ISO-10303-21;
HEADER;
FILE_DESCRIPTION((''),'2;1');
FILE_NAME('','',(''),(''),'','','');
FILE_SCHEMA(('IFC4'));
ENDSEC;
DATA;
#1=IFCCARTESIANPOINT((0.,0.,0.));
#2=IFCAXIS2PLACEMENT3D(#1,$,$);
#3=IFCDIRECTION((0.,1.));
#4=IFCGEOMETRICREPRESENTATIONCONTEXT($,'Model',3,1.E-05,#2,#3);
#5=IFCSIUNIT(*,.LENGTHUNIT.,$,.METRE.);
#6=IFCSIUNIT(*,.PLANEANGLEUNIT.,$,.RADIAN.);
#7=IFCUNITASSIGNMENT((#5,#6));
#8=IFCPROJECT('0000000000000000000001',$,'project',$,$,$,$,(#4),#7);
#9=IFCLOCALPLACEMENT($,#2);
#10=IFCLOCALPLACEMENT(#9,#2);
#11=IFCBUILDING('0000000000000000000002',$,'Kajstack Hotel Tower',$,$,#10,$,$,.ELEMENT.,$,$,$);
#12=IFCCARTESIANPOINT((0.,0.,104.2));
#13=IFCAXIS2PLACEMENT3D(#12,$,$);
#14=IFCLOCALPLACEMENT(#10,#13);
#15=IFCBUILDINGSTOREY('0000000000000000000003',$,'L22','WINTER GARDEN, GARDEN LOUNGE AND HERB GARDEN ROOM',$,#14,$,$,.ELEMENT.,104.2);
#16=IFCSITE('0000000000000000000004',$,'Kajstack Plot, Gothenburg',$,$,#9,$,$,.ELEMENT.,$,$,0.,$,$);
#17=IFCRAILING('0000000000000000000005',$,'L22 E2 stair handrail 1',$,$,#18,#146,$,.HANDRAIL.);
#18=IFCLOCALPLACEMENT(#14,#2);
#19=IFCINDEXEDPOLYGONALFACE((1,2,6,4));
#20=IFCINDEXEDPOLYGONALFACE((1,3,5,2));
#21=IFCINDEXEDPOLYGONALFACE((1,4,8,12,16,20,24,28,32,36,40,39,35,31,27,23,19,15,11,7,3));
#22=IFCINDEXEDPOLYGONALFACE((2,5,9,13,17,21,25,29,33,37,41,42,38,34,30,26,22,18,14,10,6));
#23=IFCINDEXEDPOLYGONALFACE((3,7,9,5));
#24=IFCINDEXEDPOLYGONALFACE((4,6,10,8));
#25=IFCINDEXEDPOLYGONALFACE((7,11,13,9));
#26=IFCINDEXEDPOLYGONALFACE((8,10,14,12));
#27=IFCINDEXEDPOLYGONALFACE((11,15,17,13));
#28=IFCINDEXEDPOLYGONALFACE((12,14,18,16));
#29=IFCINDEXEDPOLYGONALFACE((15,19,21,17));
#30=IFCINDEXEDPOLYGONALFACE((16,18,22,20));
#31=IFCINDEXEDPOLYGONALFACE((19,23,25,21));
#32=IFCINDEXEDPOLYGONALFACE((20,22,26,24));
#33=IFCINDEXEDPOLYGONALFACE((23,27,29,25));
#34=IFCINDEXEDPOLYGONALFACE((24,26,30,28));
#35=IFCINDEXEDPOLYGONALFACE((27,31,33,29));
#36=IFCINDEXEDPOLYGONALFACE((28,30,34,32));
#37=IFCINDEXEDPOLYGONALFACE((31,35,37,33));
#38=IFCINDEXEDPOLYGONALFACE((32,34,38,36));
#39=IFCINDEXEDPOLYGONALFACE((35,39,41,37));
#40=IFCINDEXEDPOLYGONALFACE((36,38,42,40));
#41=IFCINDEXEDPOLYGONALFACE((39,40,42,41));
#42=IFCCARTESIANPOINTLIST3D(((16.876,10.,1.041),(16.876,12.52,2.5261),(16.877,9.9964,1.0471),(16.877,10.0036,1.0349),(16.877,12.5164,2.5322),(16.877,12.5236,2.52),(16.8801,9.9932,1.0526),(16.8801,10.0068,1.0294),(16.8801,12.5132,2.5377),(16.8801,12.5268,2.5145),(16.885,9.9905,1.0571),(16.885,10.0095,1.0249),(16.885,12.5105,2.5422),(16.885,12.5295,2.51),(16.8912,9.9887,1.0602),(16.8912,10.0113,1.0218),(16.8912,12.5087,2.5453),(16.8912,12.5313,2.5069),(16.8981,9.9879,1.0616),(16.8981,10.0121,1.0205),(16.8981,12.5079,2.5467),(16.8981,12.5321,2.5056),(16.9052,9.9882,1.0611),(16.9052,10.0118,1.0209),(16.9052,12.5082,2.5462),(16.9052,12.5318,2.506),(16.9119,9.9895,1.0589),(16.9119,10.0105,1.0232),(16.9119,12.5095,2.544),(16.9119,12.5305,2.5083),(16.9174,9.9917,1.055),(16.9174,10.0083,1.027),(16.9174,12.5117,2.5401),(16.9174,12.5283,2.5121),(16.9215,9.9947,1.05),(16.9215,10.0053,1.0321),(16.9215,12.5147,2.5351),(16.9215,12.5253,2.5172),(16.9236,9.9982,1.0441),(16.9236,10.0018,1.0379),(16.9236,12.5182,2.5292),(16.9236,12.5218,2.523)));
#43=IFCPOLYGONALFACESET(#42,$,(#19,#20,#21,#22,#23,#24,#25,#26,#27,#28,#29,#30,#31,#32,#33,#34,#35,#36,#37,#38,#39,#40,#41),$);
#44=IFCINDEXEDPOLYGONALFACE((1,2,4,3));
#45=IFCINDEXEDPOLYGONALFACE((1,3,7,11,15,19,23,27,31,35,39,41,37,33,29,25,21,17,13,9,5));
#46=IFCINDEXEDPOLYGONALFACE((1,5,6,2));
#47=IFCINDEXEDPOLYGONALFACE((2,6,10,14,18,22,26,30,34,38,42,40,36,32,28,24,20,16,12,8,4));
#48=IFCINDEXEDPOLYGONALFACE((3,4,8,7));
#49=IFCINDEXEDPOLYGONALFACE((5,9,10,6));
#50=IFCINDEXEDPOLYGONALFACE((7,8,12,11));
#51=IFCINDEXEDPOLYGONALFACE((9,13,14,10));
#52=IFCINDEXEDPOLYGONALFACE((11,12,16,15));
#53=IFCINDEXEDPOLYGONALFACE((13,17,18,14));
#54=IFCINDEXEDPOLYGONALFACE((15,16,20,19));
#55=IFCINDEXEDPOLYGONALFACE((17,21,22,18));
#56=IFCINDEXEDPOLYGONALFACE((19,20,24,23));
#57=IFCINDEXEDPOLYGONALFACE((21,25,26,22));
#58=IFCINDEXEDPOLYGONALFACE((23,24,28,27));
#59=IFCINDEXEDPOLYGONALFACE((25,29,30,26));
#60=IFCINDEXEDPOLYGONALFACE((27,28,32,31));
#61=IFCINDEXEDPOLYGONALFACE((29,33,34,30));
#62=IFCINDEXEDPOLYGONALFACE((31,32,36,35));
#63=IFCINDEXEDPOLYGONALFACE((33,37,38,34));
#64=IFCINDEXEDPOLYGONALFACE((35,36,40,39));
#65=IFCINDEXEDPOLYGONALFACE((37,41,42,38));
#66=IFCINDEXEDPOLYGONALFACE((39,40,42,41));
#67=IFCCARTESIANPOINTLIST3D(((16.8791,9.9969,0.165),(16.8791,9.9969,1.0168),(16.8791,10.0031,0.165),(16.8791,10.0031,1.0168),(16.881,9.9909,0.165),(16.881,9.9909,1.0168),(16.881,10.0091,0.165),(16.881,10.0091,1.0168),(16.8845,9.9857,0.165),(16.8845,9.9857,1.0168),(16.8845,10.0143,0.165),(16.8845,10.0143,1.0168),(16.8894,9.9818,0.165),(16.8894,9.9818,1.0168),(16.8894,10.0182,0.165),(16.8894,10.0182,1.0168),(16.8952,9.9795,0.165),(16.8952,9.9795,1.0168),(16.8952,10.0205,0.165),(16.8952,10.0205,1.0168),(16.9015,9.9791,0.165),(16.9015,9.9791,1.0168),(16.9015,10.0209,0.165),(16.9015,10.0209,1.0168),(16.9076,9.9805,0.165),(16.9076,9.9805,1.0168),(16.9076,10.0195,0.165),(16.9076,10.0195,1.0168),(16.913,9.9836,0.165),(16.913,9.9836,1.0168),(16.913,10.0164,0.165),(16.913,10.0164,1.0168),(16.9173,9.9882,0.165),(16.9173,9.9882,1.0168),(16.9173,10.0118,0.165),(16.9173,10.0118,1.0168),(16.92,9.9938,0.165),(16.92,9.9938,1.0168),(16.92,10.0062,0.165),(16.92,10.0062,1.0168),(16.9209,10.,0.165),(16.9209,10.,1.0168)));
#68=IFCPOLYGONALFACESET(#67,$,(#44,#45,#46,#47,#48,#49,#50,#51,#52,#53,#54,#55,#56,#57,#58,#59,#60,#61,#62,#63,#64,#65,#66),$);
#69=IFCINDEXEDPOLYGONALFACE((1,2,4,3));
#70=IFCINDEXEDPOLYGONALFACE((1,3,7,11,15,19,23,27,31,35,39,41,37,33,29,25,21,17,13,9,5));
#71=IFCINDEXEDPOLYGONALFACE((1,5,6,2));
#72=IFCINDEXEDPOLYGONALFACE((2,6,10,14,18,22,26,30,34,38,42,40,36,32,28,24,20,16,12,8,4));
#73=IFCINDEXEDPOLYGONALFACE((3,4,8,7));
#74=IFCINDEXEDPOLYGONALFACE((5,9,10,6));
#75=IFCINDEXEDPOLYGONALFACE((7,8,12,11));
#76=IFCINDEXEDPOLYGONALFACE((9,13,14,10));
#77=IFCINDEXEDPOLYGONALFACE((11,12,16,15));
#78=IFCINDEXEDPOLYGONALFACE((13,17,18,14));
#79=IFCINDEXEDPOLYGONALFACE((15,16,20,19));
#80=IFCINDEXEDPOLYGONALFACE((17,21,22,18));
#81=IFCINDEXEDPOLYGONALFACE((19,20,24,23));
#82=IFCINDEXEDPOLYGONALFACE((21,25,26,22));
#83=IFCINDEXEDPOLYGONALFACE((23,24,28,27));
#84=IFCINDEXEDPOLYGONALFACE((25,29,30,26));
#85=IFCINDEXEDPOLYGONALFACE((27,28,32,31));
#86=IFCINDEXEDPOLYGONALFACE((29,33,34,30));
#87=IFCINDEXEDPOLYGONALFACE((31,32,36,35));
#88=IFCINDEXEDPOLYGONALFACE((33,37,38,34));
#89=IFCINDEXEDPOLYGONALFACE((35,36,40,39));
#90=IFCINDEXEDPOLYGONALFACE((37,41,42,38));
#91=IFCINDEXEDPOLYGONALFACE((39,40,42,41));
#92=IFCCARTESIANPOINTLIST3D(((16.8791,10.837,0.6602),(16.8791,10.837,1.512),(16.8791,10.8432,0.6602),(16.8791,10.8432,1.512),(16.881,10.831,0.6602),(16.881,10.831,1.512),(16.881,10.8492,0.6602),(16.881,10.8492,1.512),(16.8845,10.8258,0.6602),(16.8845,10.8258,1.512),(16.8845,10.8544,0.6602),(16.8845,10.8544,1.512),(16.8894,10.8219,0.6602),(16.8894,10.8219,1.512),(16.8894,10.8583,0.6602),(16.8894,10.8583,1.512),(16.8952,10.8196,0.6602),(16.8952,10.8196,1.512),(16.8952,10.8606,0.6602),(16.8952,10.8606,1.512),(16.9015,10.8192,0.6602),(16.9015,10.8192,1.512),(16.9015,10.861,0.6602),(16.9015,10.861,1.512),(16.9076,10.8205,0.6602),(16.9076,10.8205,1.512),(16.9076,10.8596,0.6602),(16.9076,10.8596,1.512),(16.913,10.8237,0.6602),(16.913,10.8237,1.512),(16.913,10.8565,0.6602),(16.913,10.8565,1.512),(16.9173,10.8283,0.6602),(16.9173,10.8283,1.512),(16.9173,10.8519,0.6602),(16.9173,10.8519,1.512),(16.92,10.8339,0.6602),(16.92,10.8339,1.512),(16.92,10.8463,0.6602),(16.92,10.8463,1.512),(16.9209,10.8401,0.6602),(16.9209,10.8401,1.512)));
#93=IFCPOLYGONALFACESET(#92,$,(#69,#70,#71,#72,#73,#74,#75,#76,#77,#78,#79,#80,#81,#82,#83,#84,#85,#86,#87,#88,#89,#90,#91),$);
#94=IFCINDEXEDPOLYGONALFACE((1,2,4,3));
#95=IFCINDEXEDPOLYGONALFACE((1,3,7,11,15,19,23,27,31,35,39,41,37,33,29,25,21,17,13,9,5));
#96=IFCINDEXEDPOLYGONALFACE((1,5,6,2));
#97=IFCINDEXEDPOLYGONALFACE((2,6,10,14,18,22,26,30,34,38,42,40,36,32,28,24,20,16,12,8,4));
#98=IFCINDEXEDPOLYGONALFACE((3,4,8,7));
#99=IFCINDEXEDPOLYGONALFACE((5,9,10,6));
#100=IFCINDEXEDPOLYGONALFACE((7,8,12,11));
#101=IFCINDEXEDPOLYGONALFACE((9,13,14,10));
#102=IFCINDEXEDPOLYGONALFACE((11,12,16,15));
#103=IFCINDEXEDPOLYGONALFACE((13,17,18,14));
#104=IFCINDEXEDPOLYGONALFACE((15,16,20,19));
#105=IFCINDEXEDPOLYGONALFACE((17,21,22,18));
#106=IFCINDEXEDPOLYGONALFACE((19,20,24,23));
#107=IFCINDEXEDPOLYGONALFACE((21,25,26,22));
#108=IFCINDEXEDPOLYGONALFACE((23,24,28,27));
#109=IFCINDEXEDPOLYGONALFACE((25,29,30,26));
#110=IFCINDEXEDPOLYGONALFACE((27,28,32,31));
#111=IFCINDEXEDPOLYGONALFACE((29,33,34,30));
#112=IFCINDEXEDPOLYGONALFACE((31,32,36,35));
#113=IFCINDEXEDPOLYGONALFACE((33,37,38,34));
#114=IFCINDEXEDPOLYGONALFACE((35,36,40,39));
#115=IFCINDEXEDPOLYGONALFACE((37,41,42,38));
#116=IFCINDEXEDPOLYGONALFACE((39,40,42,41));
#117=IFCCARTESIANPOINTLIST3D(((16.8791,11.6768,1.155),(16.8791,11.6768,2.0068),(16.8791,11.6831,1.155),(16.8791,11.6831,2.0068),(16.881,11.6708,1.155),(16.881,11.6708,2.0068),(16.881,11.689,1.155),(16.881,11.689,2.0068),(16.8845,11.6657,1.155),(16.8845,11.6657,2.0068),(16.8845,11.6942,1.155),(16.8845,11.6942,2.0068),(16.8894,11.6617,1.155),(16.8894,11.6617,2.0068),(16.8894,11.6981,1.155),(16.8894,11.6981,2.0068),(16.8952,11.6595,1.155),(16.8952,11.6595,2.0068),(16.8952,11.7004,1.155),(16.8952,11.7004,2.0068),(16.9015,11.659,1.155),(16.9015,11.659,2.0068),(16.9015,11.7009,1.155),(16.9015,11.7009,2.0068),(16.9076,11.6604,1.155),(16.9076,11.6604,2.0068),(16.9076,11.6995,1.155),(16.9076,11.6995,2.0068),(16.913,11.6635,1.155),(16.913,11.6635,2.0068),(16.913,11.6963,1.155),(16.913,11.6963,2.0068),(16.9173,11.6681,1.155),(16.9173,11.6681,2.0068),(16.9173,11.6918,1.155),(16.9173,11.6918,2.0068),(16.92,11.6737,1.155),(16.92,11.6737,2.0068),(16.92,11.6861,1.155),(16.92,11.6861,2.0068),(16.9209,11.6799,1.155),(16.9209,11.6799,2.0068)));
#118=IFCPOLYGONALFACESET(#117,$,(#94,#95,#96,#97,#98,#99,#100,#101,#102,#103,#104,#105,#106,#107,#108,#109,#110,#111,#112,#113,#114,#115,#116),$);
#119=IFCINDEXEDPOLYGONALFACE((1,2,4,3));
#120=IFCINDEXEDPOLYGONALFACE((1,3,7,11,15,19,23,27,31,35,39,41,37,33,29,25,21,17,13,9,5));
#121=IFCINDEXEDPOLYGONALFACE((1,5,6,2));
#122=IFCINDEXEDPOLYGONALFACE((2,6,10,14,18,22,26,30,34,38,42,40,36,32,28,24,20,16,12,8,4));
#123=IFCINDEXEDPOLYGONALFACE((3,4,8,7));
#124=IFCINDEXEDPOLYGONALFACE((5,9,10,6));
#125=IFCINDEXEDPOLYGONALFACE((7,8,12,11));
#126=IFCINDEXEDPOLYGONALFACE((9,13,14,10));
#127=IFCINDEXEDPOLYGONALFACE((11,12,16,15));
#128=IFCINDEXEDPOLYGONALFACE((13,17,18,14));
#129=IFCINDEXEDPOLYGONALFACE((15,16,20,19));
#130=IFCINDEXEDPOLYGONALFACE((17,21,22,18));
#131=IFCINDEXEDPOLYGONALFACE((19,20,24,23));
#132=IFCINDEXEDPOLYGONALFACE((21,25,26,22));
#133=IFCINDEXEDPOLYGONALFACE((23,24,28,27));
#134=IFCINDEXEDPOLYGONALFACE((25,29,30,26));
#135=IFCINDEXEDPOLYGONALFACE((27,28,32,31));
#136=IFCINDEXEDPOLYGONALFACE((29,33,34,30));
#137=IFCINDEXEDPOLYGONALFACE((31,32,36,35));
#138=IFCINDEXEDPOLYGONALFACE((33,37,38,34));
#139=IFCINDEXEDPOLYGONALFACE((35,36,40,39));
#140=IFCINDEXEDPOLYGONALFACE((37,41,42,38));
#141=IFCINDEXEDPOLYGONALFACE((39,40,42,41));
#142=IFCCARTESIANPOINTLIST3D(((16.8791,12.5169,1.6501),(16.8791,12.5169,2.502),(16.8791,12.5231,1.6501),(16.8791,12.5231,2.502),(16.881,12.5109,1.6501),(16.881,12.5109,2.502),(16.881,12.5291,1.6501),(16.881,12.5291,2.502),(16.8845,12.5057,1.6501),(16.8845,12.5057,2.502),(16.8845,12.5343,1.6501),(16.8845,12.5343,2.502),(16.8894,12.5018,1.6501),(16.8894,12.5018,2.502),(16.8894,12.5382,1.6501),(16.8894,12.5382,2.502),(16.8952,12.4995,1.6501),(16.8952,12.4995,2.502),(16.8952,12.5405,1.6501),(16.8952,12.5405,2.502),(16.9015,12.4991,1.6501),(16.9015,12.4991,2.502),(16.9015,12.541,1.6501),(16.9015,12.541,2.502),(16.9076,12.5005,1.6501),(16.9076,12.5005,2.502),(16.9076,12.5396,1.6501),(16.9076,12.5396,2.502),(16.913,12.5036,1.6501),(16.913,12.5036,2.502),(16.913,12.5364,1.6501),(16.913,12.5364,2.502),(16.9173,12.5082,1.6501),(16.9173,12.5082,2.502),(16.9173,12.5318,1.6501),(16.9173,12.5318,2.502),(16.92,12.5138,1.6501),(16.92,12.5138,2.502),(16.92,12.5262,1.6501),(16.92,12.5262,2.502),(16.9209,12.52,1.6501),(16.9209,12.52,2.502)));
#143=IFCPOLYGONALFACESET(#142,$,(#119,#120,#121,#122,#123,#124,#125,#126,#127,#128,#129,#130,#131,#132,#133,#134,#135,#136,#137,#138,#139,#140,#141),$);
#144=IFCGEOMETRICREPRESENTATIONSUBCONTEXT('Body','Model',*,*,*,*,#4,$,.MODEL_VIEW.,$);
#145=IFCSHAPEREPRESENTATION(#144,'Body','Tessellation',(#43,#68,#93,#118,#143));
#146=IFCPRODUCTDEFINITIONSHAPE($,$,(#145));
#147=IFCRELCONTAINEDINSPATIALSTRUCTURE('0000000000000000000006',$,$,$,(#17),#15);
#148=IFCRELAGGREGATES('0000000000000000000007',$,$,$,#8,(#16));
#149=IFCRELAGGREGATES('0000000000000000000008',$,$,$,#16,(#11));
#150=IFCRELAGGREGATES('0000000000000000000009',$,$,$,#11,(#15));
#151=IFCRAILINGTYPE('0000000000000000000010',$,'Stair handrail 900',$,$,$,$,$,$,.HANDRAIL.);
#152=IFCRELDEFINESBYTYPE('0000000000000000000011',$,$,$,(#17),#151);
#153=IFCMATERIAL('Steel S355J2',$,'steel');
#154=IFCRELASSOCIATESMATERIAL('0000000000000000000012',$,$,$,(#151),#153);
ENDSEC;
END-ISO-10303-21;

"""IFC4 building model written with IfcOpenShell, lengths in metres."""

from ifc_helpers import new_model, si_unit, direction, frame, origin, origin_2d, place, context, subcontext, project, spatial, circle, extrude, material, type_object, element, save


model = new_model("IFC4")

# Units and contexts
model_context = context("Model", 3, precision=1e-05, world=origin(), true_north=direction((0.0, 1.0)))
body_context = subcontext(model_context, "Body", "Model", "MODEL_VIEW")
ifc_project = project(units=[si_unit("LENGTHUNIT", "METRE"), si_unit("PLANEANGLEUNIT", "RADIAN")], contexts=[model_context])

# Site, building, storey
site_placement = place(None, origin())
site = spatial("IfcSite", under=ifc_project, at=site_placement, Name="Kajstack Plot, Gothenburg", CompositionType="ELEMENT", RefElevation=0.0)
building_placement = place(site_placement, origin())
building = spatial("IfcBuilding", under=site, at=building_placement, Name="Kajstack Hotel Tower", CompositionType="ELEMENT")
storey_placement = place(building_placement, frame((0.0, 0.0, 104.2)))
storey = spatial("IfcBuildingStorey", under=building, at=storey_placement, Name="L22", Description="WINTER GARDEN, GARDEN LOUNGE AND HERB GARDEN ROOM", CompositionType="ELEMENT", Elevation=104.2)

# Railing
ifc_material_1 = material(Name="Steel S355J2", Category="steel")
railing_type_1 = type_object("IfcRailingType", Name="Stair handrail 900", PredefinedType="HANDRAIL", material=ifc_material_1)
railing_1_placement = place(storey_placement, frame((16.8999, 10.0, 0.165)))
element("IfcRailing", 1, at=railing_1_placement, inside=storey, type_object=railing_type_1, Name="L22 E2 stair handrail 1", PredefinedType="HANDRAIL", context=body_context, shape_type="SweptSolid", body=[
    extrude(circle(Radius=0.0239, at=origin_2d()), frame((0.0, 0.0, 0.876), z_axis=(0.0, 0.861524, 0.507717), x_axis=(-1.0, 0.0, 0.0)), (0.0, 0.0, 1.0), 2.925),
    extrude(circle(Radius=0.021, at=origin_2d()), origin(), (0.0, 0.0, 1.0), 0.8518),
    extrude(circle(Radius=0.021, at=origin_2d()), frame((0.0, 0.8401, 0.4951)), (0.0, 0.0, 1.0), 0.8518),
    extrude(circle(Radius=0.021, at=origin_2d()), frame((0.0, 1.6799, 0.99)), (0.0, 0.0, 1.0), 0.8518),
    extrude(circle(Radius=0.021, at=origin_2d()), frame((0.0, 2.52, 1.4851)), (0.0, 0.0, 1.0), 0.8518),
])

save(model, "model.ifc")
